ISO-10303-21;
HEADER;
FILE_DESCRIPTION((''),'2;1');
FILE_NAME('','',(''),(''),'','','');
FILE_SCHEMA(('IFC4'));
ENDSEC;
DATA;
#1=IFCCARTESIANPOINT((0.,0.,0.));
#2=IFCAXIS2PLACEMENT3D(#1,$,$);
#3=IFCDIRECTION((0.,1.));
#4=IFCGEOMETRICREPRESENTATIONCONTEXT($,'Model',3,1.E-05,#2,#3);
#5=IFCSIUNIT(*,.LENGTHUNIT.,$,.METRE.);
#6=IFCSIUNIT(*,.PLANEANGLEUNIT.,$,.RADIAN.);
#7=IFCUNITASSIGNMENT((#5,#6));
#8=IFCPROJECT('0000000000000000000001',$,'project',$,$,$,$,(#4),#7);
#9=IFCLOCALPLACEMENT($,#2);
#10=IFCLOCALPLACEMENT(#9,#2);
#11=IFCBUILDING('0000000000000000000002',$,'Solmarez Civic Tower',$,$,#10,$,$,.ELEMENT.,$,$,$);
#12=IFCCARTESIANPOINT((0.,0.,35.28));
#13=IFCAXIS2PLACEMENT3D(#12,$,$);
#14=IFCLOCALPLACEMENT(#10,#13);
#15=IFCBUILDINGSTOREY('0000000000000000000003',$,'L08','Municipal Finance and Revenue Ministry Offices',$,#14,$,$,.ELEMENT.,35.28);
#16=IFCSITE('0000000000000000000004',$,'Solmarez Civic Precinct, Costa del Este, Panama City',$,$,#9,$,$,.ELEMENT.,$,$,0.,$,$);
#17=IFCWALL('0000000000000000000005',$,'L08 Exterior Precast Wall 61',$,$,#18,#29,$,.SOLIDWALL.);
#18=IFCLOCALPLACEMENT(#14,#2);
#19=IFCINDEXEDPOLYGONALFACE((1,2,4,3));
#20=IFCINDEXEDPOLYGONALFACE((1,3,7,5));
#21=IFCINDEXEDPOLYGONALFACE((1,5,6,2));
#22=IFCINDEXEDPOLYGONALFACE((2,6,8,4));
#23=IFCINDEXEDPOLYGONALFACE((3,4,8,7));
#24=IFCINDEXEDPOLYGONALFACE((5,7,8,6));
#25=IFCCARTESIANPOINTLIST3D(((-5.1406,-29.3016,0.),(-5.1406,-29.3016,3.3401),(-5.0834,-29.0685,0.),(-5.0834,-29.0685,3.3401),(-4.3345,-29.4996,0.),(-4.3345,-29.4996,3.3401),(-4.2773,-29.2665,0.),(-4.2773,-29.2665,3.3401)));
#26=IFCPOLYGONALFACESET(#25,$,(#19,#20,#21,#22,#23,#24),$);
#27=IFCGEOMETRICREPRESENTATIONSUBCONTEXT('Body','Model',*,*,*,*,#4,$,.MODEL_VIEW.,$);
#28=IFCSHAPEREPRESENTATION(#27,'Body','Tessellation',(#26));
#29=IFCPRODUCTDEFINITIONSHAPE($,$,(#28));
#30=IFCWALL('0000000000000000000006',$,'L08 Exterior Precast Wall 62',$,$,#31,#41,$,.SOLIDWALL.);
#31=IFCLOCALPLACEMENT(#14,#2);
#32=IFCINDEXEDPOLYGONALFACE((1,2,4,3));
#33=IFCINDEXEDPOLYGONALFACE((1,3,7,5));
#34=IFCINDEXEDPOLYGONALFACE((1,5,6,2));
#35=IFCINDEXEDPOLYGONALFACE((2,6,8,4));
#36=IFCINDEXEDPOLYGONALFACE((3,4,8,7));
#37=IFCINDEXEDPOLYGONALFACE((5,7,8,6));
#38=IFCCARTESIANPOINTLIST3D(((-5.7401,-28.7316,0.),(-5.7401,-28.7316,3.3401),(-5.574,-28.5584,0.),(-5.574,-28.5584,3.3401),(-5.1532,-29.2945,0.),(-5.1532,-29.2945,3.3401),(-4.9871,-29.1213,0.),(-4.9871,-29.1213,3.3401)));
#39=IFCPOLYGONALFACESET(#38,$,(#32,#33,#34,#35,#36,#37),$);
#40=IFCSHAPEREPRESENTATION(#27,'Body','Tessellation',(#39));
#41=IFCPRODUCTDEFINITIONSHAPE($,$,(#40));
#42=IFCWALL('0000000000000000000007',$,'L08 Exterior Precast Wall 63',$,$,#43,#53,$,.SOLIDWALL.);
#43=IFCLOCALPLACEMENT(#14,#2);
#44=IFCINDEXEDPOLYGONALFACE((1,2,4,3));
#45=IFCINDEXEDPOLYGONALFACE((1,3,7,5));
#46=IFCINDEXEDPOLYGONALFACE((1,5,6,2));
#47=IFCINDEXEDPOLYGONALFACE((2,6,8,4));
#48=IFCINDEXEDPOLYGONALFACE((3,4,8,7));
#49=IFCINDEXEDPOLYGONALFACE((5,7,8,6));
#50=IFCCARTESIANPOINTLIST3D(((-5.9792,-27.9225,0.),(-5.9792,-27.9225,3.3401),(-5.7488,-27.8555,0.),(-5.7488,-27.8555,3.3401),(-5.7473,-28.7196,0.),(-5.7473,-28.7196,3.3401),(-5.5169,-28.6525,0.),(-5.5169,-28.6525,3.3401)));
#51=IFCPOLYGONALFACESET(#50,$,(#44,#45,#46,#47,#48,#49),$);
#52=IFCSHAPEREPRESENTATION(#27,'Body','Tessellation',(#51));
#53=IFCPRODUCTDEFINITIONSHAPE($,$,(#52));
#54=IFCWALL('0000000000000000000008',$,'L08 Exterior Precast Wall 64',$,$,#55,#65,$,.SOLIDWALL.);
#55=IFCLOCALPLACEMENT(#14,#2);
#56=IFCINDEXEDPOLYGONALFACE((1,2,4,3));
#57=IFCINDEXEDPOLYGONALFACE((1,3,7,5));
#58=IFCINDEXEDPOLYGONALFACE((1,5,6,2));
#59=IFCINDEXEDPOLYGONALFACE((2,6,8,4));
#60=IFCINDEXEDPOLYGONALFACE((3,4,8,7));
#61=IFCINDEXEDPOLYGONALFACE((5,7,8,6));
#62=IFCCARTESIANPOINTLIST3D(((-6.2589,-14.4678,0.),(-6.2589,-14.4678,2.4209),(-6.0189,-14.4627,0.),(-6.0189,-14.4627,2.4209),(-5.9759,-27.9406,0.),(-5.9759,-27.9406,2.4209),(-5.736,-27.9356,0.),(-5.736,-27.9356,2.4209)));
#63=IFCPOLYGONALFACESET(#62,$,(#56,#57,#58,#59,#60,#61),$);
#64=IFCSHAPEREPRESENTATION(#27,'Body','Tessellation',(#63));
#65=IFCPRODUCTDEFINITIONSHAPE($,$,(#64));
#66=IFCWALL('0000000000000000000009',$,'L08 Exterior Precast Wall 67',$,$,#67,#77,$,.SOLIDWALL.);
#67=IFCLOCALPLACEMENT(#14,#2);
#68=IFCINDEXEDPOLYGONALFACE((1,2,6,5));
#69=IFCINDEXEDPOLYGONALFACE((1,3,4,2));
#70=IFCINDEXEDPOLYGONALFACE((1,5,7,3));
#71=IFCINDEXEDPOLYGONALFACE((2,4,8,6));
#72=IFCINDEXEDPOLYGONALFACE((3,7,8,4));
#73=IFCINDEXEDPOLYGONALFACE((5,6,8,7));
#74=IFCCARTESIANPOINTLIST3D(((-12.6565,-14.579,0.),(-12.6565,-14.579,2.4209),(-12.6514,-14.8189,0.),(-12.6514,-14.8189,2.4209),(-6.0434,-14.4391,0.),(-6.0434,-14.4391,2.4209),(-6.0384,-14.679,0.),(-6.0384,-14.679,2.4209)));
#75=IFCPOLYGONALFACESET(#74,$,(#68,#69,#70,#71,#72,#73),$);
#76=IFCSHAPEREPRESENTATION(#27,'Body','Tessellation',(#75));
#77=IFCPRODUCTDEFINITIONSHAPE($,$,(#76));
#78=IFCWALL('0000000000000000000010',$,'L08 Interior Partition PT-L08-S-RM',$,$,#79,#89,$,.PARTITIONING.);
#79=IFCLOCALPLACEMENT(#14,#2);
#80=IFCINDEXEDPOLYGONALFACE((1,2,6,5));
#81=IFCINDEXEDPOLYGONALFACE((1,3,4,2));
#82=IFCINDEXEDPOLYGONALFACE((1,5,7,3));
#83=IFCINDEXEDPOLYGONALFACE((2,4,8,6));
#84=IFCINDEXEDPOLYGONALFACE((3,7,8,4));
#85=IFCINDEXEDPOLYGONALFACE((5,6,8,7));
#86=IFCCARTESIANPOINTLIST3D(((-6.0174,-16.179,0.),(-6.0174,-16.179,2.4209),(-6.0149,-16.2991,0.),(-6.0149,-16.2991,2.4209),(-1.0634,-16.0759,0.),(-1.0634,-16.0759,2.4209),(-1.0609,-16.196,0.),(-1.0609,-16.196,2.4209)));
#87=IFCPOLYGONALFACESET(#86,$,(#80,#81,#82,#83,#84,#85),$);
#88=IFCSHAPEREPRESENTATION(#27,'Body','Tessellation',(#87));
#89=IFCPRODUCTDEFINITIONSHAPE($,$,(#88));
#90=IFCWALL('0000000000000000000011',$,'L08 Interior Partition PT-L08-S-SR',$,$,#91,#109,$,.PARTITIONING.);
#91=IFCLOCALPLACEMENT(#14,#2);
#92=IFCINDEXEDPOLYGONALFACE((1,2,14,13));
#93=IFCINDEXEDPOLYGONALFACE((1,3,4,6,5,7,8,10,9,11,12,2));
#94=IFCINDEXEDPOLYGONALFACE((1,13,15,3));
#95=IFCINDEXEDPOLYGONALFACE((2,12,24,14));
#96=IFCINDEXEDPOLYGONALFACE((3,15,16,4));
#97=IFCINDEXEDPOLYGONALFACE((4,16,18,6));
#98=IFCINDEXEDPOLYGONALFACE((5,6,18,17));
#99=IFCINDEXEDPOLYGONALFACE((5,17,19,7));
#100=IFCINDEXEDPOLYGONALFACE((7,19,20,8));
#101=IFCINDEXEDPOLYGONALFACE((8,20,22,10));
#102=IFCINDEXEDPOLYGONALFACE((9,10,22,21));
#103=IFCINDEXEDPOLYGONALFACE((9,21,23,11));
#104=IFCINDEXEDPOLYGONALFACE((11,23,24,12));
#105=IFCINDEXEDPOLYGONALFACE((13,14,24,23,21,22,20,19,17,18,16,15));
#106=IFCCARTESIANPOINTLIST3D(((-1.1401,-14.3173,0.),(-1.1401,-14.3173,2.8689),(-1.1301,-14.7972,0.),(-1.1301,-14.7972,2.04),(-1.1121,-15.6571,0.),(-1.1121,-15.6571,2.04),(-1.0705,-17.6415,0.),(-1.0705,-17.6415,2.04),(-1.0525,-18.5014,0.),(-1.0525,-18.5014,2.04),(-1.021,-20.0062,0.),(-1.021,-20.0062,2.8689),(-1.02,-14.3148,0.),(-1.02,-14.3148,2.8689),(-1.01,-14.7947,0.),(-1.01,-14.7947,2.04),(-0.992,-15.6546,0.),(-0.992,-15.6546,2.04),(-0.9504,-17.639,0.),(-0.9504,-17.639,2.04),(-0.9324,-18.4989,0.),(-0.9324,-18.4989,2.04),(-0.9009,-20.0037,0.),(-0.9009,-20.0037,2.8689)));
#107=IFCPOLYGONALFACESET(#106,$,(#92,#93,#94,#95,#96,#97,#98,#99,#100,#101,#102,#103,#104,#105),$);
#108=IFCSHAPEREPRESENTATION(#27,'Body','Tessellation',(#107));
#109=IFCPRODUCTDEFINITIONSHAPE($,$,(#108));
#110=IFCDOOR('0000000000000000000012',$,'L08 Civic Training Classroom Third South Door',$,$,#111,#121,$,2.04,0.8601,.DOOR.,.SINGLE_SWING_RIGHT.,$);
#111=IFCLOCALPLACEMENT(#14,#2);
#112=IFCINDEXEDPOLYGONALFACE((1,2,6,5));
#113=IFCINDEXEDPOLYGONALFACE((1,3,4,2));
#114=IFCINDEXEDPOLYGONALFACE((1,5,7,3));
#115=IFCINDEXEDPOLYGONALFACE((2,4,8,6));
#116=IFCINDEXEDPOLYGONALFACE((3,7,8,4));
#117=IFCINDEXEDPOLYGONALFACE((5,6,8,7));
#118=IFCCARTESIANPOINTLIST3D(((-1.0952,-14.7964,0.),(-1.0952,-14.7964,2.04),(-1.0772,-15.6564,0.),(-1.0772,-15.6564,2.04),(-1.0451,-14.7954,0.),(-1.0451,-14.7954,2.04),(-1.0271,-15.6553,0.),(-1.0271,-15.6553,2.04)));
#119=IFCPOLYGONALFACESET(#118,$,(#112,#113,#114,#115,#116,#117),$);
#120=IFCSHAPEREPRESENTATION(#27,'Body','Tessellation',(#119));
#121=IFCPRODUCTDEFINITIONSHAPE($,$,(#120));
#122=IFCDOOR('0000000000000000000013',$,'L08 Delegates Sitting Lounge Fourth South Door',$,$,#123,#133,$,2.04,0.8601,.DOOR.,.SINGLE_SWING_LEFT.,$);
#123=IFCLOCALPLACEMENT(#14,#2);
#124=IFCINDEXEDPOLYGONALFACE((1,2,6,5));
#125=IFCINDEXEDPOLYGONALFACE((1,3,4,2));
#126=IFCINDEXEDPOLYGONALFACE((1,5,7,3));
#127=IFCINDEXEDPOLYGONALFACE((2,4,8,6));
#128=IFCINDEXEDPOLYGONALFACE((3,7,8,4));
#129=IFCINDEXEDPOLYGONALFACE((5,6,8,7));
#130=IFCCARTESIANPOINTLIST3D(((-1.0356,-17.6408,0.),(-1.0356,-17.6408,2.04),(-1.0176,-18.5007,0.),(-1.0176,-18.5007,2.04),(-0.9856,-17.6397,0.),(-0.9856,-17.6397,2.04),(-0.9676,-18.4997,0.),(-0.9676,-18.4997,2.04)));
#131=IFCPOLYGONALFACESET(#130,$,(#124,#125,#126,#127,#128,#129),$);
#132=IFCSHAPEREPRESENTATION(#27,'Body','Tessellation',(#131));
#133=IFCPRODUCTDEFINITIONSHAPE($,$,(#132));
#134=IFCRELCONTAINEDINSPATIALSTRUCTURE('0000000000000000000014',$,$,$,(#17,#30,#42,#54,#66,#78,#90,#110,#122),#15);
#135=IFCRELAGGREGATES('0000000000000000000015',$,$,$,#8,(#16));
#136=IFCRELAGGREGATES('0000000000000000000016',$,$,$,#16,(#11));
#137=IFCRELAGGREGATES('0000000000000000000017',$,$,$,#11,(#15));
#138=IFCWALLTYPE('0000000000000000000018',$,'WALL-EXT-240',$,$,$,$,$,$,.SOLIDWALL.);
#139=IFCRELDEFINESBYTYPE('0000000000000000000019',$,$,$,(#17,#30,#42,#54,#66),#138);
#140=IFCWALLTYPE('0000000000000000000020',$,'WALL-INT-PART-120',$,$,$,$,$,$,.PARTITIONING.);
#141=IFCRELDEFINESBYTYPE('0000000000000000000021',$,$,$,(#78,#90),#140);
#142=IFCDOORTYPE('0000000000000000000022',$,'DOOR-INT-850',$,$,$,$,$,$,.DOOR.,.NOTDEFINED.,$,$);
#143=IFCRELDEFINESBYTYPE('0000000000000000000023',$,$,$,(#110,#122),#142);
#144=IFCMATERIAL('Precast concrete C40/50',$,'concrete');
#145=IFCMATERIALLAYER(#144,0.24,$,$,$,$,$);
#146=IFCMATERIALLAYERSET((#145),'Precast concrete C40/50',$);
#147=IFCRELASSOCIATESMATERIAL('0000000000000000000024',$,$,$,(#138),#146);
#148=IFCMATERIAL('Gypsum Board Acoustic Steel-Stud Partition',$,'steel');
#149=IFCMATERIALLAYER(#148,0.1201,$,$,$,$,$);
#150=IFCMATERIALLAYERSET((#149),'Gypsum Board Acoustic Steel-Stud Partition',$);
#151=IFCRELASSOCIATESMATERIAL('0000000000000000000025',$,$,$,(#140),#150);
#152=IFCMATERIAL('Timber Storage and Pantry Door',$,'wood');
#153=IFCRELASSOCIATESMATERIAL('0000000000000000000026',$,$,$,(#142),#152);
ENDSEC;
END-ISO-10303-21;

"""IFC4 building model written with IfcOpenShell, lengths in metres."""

from ifc_helpers import new_model, si_unit, direction, frame, frame_2d, origin, place, context, subcontext, project, spatial, rectangle, extrude, material, layer, layer_set, type_object, element, fill, save


model = new_model("IFC4")

# Units and contexts
model_context = context("Model", 3, precision=1e-05, world=origin(), true_north=direction((0.0, 1.0)))
body_context = subcontext(model_context, "Body", "Model", "MODEL_VIEW")
ifc_project = project(units=[si_unit("LENGTHUNIT", "METRE"), si_unit("PLANEANGLEUNIT", "RADIAN")], contexts=[model_context])

# Site, building, storey
site_placement = place(None, origin())
site = spatial("IfcSite", under=ifc_project, at=site_placement, Name="Solmarez Civic Precinct, Costa del Este, Panama City", CompositionType="ELEMENT", RefElevation=0.0)
building_placement = place(site_placement, origin())
building = spatial("IfcBuilding", under=site, at=building_placement, Name="Solmarez Civic Tower", CompositionType="ELEMENT")
storey_placement = place(building_placement, frame((0.0, 0.0, 35.28)))
storey = spatial("IfcBuildingStorey", under=building, at=storey_placement, Name="L08", Description="Municipal Finance and Revenue Ministry Offices", CompositionType="ELEMENT", Elevation=35.28)

# Walls
ifc_material_1 = material(Name="Precast concrete C40/50", Category="concrete")
ifc_layer_1 = layer(ifc_material_1, 0.24)
ifc_layer_set_1 = layer_set([ifc_layer_1], Name="Precast concrete C40/50")
wall_type_1 = type_object("IfcWallType", Name="WALL-EXT-240", PredefinedType="SOLIDWALL", material=ifc_layer_set_1)
wall_1_placement = place(storey_placement, frame((-4.3059, -29.3831, 0.0), z_axis=(0.0, 0.0, 1.0), x_axis=(-0.971138, 0.23852, 0.0)))
element("IfcWall", 1, at=wall_1_placement, inside=storey, type_object=wall_type_1, Name="L08 Exterior Precast Wall 61", PredefinedType="SOLIDWALL", context=body_context, shape_type="SweptSolid", body=[
    extrude(rectangle(XDim=0.8301, YDim=0.24, at=frame_2d((0.415, 0.0))), origin(), (0.0, 0.0, 1.0), 3.3401),
])
wall_2_placement = place(storey_placement, frame((-5.0701, -29.208, 0.0), z_axis=(0.0, 0.0, 1.0), x_axis=(-0.721663, 0.692244, 0.0)))
element("IfcWall", 2, at=wall_2_placement, inside=storey, type_object=wall_type_1, Name="L08 Exterior Precast Wall 62", PredefinedType="SOLIDWALL", context=body_context, shape_type="SweptSolid", body=[
    extrude(rectangle(XDim=0.8132, YDim=0.24, at=frame_2d((0.4067, 0.0))), origin(), (0.0, 0.0, 1.0), 3.3401),
])
wall_3_placement = place(storey_placement, frame((-5.6321, -28.686, 0.0), z_axis=(0.0, 0.0, 1.0), x_axis=(-0.279379, 0.960181, 0.0)))
element("IfcWall", 3, at=wall_3_placement, inside=storey, type_object=wall_type_1, Name="L08 Exterior Precast Wall 63", PredefinedType="SOLIDWALL", context=body_context, shape_type="SweptSolid", body=[
    extrude(rectangle(XDim=0.8301, YDim=0.24, at=frame_2d((0.415, 0.0))), origin(), (0.0, 0.0, 1.0), 3.3401),
])
wall_4_placement = place(storey_placement, frame((-5.856, -27.938, 0.0), z_axis=(0.0, 0.0, 1.0), x_axis=(-0.020997, 0.99978, 0.0)))
element("IfcWall", 4, at=wall_4_placement, inside=storey, type_object=wall_type_1, Name="L08 Exterior Precast Wall 64", PredefinedType="SOLIDWALL", context=body_context, shape_type="SweptSolid", body=[
    extrude(rectangle(XDim=13.4758, YDim=0.24, at=frame_2d((6.7378, 0.0))), origin(), (0.0, 0.0, 1.0), 2.4209),
])
wall_5_placement = place(storey_placement, frame((-6.041, -14.5591, 0.0), z_axis=(0.0, 0.0, 1.0), x_axis=(-0.999776, -0.021149, 0.0)))
element("IfcWall", 5, at=wall_5_placement, inside=storey, type_object=wall_type_1, Name="L08 Exterior Precast Wall 67", PredefinedType="SOLIDWALL", context=body_context, shape_type="SweptSolid", body=[
    extrude(rectangle(XDim=6.6145, YDim=0.24, at=frame_2d((3.3071, 0.0))), origin(), (0.0, 0.0, 1.0), 2.4209),
])
ifc_material_2 = material(Name="Gypsum Board Acoustic Steel-Stud Partition", Category="steel")
ifc_layer_2 = layer(ifc_material_2, 0.1201)
ifc_layer_set_2 = layer_set([ifc_layer_2], Name="Gypsum Board Acoustic Steel-Stud Partition")
wall_type_2 = type_object("IfcWallType", Name="WALL-INT-PART-120", PredefinedType="PARTITIONING", material=ifc_layer_set_2)
wall_6_placement = place(storey_placement, frame((-6.0161, -16.239, 0.0), z_axis=(0.0, 0.0, 1.0), x_axis=(0.999784, 0.020792, 0.0)))
element("IfcWall", 6, at=wall_6_placement, inside=storey, type_object=wall_type_2, Name="L08 Interior Partition PT-L08-S-RM", PredefinedType="PARTITIONING", context=body_context, shape_type="SweptSolid", body=[
    extrude(rectangle(XDim=4.9551, YDim=0.1201, at=frame_2d((2.4775, 0.0))), origin(), (0.0, 0.0, 1.0), 2.4209),
])

# Wall, openings, doors
wall_7_placement = place(storey_placement, frame((-1.0801, -14.3159, 0.0), z_axis=(0.0, 0.0, 1.0), x_axis=(0.020938, -0.999781, 0.0)))
wall_7 = element("IfcWall", 7, at=wall_7_placement, inside=storey, type_object=wall_type_2, Name="L08 Interior Partition PT-L08-S-SR", PredefinedType="PARTITIONING", context=body_context, shape_type="SweptSolid", body=[
    extrude(rectangle(XDim=5.6902, YDim=0.1201, at=frame_2d((2.8452, 0.0))), origin(), (0.0, 0.0, 1.0), 2.8689),
])
opening_1_placement = place(wall_7_placement, frame((0.48, 0.0, 0.0)))
opening_1 = element("IfcOpeningElement", 8, at=opening_1_placement, cuts=wall_7, PredefinedType="OPENING", context=body_context, shape_type="SweptSolid", body=[
    extrude(rectangle(XDim=0.8601, YDim=2.04, at=frame_2d((0.4302, 1.02))), frame((0.0, 0.0701, 0.0), z_axis=(0.0, -1.0, 0.0), x_axis=(1.0, 0.0, 0.0)), (0.0, 0.0, 1.0), 0.1401),
])
opening_2_placement = place(wall_7_placement, frame((3.325, 0.0, 0.0)))
opening_2 = element("IfcOpeningElement", 9, at=opening_2_placement, cuts=wall_7, PredefinedType="OPENING", context=body_context, shape_type="SweptSolid", body=[
    extrude(rectangle(XDim=0.8601, YDim=2.04, at=frame_2d((0.4302, 1.02))), frame((0.0, 0.0701, 0.0), z_axis=(0.0, -1.0, 0.0), x_axis=(1.0, 0.0, 0.0)), (0.0, 0.0, 1.0), 0.1401),
])
ifc_material_3 = material(Name="Timber Storage and Pantry Door", Category="wood")
door_type = type_object("IfcDoorType", Name="DOOR-INT-850", OperationType="NOTDEFINED", PredefinedType="DOOR", material=ifc_material_3)
door_1_placement = place(opening_1_placement, origin())
door_1 = element("IfcDoor", 10, at=door_1_placement, inside=storey, type_object=door_type, Name="L08 Civic Training Classroom Third South Door", OperationType="SINGLE_SWING_RIGHT", OverallHeight=2.04, OverallWidth=0.8601, PredefinedType="DOOR", context=body_context, shape_type="SweptSolid", body=[
    extrude(rectangle(XDim=0.8601, YDim=2.04, at=frame_2d((0.4302, 1.02))), frame((0.0, 0.0249, 0.0), z_axis=(0.0, -1.0, 0.0), x_axis=(1.0, 0.0, 0.0)), (0.0, 0.0, 1.0), 0.05),
])
fill(opening_1, door_1)
door_2_placement = place(opening_2_placement, origin())
door_2 = element("IfcDoor", 11, at=door_2_placement, inside=storey, type_object=door_type, Name="L08 Delegates Sitting Lounge Fourth South Door", OperationType="SINGLE_SWING_LEFT", OverallHeight=2.04, OverallWidth=0.8601, PredefinedType="DOOR", context=body_context, shape_type="SweptSolid", body=[
    extrude(rectangle(XDim=0.8601, YDim=2.04, at=frame_2d((0.4302, 1.02))), frame((0.0, 0.0249, 0.0), z_axis=(0.0, -1.0, 0.0), x_axis=(1.0, 0.0, 0.0)), (0.0, 0.0, 1.0), 0.05),
])
fill(opening_2, door_2)

save(model, "model.ifc")
